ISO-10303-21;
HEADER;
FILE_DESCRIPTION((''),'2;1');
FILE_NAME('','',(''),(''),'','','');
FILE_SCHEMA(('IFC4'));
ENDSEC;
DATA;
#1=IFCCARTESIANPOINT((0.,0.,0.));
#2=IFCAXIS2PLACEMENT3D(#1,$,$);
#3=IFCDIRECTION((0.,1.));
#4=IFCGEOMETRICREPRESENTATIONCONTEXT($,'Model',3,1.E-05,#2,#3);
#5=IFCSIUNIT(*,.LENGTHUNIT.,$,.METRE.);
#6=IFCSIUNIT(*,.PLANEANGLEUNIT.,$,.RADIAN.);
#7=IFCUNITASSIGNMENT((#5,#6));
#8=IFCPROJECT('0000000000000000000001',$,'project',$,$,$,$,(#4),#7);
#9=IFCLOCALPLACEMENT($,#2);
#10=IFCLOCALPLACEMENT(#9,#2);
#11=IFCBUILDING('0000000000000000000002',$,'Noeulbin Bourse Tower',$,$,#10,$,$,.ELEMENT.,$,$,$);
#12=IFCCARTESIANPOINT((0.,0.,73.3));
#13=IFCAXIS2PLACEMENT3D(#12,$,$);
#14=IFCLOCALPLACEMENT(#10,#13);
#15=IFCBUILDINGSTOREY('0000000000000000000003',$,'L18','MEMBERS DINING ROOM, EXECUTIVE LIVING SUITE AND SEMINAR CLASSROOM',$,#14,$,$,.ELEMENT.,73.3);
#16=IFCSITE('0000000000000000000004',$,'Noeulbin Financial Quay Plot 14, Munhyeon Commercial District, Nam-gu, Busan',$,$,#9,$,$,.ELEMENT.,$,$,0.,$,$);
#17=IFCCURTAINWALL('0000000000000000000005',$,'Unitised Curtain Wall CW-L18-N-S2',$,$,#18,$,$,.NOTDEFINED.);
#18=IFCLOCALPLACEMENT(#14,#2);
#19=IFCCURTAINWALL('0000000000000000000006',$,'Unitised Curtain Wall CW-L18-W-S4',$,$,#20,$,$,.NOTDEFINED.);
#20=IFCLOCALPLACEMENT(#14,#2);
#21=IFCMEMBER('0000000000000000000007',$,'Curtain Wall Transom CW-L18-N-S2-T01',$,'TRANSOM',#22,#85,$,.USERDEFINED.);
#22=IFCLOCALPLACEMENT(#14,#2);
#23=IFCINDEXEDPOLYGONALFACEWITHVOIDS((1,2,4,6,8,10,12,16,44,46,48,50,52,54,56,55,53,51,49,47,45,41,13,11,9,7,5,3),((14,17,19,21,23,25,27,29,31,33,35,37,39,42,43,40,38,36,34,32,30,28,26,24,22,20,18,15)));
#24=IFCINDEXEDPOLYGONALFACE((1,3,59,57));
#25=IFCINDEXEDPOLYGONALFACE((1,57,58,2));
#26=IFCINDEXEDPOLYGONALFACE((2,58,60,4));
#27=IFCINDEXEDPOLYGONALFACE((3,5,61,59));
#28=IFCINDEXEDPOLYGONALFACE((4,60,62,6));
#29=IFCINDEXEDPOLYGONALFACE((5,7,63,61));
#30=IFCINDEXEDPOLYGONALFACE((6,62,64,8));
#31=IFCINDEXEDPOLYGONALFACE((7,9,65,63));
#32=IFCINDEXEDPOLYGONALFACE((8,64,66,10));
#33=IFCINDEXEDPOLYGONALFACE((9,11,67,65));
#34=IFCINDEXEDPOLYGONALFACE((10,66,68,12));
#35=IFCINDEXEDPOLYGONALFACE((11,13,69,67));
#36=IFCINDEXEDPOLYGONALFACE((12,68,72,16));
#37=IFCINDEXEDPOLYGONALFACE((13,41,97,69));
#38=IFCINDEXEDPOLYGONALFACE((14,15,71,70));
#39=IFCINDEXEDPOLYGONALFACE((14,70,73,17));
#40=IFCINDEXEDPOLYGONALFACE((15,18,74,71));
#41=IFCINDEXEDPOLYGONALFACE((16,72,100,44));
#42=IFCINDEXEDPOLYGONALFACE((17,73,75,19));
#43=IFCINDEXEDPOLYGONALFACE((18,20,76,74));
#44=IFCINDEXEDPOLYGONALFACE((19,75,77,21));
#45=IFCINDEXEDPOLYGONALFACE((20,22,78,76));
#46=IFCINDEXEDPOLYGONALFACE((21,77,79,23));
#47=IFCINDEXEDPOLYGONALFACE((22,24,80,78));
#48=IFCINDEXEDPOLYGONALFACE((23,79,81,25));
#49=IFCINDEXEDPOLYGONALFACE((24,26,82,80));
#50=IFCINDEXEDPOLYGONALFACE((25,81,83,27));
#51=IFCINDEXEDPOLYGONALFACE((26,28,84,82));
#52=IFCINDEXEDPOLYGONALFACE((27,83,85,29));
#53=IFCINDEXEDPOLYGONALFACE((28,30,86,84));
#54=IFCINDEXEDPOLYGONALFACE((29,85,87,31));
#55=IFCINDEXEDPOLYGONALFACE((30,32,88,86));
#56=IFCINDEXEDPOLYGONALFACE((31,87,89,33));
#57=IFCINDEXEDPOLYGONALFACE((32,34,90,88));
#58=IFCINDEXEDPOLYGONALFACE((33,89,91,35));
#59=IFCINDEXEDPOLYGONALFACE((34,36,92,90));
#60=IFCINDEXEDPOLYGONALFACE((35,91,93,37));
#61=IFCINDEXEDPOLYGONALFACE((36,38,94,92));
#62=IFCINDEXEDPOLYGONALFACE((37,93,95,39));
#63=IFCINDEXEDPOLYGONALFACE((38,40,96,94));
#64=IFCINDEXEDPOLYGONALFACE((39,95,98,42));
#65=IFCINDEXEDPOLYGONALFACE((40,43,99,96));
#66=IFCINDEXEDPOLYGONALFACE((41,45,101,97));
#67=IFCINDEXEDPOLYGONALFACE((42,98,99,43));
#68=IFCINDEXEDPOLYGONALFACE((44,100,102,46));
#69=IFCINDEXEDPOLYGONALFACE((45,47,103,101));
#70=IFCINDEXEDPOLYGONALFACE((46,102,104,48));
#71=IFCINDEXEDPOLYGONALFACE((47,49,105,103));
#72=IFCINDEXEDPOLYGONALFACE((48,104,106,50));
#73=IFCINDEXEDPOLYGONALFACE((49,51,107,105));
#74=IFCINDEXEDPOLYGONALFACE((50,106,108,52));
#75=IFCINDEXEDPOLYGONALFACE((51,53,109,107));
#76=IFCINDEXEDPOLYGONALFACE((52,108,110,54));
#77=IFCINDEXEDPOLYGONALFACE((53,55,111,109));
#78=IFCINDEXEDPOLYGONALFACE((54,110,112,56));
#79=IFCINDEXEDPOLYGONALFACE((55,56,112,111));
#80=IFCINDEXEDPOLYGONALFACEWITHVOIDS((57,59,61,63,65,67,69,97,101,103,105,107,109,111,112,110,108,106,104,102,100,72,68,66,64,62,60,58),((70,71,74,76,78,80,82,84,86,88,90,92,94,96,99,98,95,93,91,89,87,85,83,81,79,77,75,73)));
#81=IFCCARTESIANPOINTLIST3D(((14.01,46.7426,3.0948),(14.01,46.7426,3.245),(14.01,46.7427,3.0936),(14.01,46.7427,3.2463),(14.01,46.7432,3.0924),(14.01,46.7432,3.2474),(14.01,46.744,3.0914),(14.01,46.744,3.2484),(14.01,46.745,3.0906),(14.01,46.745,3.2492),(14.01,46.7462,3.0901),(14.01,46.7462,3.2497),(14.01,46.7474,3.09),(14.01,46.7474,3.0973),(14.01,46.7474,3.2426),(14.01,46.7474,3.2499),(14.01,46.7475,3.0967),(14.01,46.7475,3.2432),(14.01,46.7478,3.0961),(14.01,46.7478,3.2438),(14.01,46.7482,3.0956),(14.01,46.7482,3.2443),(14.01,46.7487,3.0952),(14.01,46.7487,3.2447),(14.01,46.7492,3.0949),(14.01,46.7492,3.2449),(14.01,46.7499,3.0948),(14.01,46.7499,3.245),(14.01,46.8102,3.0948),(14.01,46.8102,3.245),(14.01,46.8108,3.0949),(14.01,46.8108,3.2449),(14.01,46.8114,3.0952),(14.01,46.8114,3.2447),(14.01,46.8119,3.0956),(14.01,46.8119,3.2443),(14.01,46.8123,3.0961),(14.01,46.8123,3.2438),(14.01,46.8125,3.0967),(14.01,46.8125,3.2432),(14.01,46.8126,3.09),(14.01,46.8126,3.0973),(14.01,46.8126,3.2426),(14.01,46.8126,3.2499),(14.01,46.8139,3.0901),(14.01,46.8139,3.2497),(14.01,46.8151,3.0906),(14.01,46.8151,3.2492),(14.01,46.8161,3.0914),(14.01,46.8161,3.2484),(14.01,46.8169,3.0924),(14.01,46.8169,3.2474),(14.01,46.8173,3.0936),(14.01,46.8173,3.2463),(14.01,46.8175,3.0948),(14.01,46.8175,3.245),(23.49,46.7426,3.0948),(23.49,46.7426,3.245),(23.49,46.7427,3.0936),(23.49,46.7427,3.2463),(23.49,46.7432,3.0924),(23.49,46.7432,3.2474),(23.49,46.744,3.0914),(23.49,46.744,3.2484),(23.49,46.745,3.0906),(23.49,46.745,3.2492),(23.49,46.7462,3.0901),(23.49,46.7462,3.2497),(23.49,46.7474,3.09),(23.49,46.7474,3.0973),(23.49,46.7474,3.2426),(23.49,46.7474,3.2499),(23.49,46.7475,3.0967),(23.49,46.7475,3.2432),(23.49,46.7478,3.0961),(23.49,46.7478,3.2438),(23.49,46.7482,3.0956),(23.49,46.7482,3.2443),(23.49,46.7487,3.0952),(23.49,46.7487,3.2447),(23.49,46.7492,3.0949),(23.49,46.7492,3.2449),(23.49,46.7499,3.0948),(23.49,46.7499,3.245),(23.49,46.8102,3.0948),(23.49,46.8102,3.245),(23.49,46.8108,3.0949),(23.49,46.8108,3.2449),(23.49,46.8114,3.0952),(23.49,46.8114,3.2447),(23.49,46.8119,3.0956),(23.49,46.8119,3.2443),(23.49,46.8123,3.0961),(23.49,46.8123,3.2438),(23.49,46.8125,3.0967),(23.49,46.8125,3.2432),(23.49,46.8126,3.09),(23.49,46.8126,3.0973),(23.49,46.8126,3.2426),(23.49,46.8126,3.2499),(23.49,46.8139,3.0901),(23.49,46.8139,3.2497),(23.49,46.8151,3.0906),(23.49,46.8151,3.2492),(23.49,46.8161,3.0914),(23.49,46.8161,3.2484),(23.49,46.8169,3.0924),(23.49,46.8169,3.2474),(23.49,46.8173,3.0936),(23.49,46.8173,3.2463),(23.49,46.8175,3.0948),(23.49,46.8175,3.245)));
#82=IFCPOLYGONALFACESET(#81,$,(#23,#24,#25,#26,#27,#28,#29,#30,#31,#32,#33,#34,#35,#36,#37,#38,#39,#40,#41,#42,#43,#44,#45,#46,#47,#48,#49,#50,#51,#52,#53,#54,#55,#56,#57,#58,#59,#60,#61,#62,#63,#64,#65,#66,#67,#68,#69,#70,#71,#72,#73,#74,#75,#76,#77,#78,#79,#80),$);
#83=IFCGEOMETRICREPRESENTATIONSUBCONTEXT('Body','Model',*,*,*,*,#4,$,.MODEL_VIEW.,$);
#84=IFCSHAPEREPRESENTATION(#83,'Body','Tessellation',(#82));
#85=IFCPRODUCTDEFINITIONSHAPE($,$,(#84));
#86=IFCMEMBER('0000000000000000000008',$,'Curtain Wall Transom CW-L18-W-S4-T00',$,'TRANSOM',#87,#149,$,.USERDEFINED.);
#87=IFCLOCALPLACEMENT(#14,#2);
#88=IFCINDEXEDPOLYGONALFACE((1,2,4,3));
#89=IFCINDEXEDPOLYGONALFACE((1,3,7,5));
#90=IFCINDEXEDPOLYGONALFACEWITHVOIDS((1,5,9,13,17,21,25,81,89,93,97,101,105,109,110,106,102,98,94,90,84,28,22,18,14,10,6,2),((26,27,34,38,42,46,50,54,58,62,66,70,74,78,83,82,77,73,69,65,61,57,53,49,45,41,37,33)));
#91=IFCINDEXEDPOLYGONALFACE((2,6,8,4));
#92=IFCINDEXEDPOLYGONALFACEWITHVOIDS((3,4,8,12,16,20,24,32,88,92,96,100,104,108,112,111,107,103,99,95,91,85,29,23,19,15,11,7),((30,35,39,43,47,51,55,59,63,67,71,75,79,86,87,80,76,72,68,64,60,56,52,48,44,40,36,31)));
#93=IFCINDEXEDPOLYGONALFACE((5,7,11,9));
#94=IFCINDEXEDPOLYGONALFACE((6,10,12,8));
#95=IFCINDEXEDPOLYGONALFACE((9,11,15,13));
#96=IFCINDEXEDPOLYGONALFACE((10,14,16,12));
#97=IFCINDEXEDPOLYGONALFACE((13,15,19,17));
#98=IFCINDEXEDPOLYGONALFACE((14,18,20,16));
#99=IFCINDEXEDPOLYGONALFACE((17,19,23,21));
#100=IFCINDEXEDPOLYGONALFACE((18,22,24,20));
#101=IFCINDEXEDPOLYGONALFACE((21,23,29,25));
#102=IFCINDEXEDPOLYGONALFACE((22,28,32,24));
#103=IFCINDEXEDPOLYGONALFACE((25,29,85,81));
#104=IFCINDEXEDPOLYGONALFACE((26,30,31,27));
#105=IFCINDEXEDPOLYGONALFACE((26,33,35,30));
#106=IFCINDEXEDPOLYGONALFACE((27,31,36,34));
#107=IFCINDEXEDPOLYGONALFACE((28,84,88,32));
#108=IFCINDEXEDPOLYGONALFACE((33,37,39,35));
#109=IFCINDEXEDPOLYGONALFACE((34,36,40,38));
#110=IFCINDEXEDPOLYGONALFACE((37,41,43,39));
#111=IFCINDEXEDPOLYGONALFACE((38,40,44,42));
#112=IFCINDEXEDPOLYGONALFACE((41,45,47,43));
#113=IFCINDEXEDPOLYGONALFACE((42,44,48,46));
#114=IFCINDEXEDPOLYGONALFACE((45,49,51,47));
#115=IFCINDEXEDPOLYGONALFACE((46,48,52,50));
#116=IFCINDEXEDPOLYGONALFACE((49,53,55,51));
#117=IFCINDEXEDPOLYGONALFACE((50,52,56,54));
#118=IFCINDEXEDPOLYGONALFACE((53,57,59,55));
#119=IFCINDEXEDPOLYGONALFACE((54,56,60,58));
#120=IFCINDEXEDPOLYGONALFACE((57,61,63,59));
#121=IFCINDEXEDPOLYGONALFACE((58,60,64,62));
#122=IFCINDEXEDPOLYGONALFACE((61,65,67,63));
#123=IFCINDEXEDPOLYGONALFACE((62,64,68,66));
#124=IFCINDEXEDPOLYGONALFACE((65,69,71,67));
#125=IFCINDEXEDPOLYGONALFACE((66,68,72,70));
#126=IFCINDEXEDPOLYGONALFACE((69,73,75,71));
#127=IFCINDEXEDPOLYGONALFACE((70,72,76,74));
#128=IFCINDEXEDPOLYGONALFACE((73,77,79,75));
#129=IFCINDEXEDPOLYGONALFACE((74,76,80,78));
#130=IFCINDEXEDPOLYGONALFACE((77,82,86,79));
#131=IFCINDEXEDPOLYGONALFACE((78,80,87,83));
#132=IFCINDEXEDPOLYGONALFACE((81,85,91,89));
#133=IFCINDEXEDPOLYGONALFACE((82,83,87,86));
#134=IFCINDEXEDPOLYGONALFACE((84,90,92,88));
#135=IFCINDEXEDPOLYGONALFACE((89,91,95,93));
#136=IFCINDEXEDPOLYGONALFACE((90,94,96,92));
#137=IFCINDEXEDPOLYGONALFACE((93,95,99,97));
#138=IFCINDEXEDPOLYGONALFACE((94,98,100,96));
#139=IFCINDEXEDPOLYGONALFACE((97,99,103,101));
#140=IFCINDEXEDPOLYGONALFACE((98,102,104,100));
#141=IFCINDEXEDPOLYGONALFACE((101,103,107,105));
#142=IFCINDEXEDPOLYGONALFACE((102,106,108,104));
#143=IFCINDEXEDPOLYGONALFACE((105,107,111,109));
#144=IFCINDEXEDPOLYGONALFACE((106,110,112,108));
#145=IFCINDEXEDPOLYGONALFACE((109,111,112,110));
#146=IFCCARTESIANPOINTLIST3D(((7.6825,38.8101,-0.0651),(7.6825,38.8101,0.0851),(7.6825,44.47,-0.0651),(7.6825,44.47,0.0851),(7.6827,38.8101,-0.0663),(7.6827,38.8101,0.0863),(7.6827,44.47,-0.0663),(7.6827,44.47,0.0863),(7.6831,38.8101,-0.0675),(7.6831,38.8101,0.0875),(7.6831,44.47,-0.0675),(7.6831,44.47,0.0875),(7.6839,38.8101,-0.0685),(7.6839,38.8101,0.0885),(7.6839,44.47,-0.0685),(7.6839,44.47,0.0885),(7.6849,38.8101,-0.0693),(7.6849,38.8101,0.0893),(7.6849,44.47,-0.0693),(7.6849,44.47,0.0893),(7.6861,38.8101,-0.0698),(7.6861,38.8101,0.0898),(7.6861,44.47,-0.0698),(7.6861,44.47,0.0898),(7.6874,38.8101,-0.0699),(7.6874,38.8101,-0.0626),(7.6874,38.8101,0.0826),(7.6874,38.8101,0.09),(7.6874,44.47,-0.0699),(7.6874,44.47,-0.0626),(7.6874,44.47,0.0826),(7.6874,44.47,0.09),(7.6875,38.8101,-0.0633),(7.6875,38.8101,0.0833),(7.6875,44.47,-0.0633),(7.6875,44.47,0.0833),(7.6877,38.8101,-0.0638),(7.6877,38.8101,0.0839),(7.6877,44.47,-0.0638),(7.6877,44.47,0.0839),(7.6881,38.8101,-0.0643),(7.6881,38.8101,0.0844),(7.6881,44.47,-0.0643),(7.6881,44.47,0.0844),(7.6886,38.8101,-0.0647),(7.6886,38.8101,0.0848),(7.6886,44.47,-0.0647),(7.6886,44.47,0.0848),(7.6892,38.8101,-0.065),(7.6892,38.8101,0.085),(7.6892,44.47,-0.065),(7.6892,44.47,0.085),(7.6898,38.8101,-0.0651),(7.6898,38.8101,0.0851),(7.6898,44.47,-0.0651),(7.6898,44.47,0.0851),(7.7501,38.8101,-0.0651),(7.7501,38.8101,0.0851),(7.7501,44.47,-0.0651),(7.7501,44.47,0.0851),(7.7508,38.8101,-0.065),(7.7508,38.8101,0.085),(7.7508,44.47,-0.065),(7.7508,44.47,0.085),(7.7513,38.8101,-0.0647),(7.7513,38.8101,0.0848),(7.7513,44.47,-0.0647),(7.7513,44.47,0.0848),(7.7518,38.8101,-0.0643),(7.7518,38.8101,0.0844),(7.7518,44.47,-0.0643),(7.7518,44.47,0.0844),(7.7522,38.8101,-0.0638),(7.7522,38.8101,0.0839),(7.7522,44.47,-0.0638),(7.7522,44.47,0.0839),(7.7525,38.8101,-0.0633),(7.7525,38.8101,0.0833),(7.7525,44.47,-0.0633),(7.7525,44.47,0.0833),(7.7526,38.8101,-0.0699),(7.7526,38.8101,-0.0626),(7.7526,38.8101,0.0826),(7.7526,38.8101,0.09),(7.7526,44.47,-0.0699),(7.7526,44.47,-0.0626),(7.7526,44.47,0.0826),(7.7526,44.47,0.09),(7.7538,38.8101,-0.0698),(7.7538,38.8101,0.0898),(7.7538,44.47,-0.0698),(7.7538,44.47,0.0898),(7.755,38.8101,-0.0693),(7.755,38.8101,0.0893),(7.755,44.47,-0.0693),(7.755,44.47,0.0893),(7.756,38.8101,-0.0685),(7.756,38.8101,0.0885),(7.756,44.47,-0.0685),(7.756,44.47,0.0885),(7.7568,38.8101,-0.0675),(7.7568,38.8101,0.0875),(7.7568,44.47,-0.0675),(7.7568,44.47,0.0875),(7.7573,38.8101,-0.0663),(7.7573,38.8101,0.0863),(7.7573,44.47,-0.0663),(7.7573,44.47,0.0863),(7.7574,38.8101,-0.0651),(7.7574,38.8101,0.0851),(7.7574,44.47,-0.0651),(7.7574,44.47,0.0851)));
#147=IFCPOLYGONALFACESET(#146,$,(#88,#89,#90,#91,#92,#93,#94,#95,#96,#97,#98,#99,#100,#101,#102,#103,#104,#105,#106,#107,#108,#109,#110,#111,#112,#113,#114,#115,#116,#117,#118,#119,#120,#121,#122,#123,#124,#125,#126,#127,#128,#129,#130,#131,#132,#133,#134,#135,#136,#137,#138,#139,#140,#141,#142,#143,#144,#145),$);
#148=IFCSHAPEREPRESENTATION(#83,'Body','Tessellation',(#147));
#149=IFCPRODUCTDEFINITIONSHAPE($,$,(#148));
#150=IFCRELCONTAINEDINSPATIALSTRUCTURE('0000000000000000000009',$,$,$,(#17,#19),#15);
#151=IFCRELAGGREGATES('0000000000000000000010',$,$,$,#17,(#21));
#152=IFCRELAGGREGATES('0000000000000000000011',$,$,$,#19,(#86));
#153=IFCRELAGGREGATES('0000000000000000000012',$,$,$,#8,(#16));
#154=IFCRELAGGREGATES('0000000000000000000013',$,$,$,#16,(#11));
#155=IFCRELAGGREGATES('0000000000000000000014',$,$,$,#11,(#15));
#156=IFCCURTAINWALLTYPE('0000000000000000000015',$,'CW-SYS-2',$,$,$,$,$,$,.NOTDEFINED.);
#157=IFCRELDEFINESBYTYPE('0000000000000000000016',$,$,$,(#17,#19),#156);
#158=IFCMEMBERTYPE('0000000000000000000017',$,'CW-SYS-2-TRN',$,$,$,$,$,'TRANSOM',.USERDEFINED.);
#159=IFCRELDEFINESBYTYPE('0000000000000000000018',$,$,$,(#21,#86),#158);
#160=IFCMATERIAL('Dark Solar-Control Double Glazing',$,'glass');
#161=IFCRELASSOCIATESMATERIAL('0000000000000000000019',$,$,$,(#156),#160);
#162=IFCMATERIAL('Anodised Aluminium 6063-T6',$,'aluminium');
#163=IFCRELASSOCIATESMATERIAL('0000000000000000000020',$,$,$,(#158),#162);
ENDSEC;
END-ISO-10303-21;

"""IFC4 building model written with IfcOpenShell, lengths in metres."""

from ifc_helpers import new_model, si_unit, direction, frame, origin, origin_2d, place, context, subcontext, project, spatial, hollow_rectangle, extrude, material, material_profile, profile_set, type_object, element, aggregate, save


model = new_model("IFC4")

# Units and contexts
model_context = context("Model", 3, precision=1e-05, world=origin(), true_north=direction((0.0, 1.0)))
body_context = subcontext(model_context, "Body", "Model", "MODEL_VIEW")
ifc_project = project(units=[si_unit("LENGTHUNIT", "METRE"), si_unit("PLANEANGLEUNIT", "RADIAN")], contexts=[model_context])

# Site, building, storey
site_placement = place(None, origin())
site = spatial("IfcSite", under=ifc_project, at=site_placement, Name="Noeulbin Financial Quay Plot 14, Munhyeon Commercial District, Nam-gu, Busan", CompositionType="ELEMENT", RefElevation=0.0)
building_placement = place(site_placement, origin())
building = spatial("IfcBuilding", under=site, at=building_placement, Name="Noeulbin Bourse Tower", CompositionType="ELEMENT")
storey_placement = place(building_placement, frame((0.0, 0.0, 73.3)))
storey = spatial("IfcBuildingStorey", under=building, at=storey_placement, Name="L18", Description="MEMBERS DINING ROOM, EXECUTIVE LIVING SUITE AND SEMINAR CLASSROOM", CompositionType="ELEMENT", Elevation=73.3)

# Shared definitions
ifc_material_1 = material(Name="Dark Solar-Control Double Glazing", Category="glass")
curtain_wall_type = type_object("IfcCurtainWallType", Name="CW-SYS-2", PredefinedType="NOTDEFINED", material=ifc_material_1)
ifc_material_2 = material(Name="Anodised Aluminium 6063-T6", Category="aluminium")

# Curtain wall
curtain_wall_1_placement = place(storey_placement, origin())
curtain_wall_1 = element("IfcCurtainWall", 1, at=curtain_wall_1_placement, inside=storey, type_object=curtain_wall_type, Name="Unitised Curtain Wall CW-L18-N-S2", PredefinedType="NOTDEFINED")

# Curtain wall
curtain_wall_2_placement = place(storey_placement, origin())
curtain_wall_2 = element("IfcCurtainWall", 2, at=curtain_wall_2_placement, inside=storey, type_object=curtain_wall_type, Name="Unitised Curtain Wall CW-L18-W-S4", PredefinedType="NOTDEFINED")

# Members
ifc_material_profile_1 = material_profile(ifc_material_2, hollow_rectangle(XDim=0.075, YDim=0.1599, WallThickness=0.0049, InnerFilletRadius=0.0024, OuterFilletRadius=0.0049, at=origin_2d()), Name="ALU-TRAN-75x160x5", Category="LoadBearing")
ifc_profile_set_1 = profile_set([ifc_material_profile_1], Name="Anodised Aluminium 6063-T6")
member_type_1 = type_object("IfcMemberType", Name="CW-SYS-2-TRN", ElementType="TRANSOM", PredefinedType="USERDEFINED", material=ifc_profile_set_1)
member_1_placement = place(storey_placement, frame((14.01, 46.78, 3.1699), z_axis=(1.0, 0.0, 0.0), x_axis=(0.0, 1.0, 0.0)))
member_1 = element("IfcMember", 3, at=member_1_placement, type_object=member_type_1, Name="Curtain Wall Transom CW-L18-N-S2-T01", ObjectType="TRANSOM", PredefinedType="USERDEFINED", context=body_context, shape_type="SweptSolid", body=[
    extrude(hollow_rectangle(XDim=0.075, YDim=0.1599, WallThickness=0.0049, InnerFilletRadius=0.0024, OuterFilletRadius=0.0049, at=origin_2d()), origin(), (0.0, 0.0, 1.0), 9.48),
])
aggregate(curtain_wall_1, [member_1])
member_2_placement = place(storey_placement, frame((7.72, 38.8101, 0.01), z_axis=(0.0, 1.0, 0.0), x_axis=(-1.0, 0.0, 0.0)))
member_2 = element("IfcMember", 4, at=member_2_placement, type_object=member_type_1, Name="Curtain Wall Transom CW-L18-W-S4-T00", ObjectType="TRANSOM", PredefinedType="USERDEFINED", context=body_context, shape_type="SweptSolid", body=[
    extrude(hollow_rectangle(XDim=0.075, YDim=0.1599, WallThickness=0.0049, InnerFilletRadius=0.0024, OuterFilletRadius=0.0049, at=origin_2d()), origin(), (0.0, 0.0, 1.0), 5.6599),
])

aggregate(curtain_wall_2, [member_2])

save(model, "model.ifc")
